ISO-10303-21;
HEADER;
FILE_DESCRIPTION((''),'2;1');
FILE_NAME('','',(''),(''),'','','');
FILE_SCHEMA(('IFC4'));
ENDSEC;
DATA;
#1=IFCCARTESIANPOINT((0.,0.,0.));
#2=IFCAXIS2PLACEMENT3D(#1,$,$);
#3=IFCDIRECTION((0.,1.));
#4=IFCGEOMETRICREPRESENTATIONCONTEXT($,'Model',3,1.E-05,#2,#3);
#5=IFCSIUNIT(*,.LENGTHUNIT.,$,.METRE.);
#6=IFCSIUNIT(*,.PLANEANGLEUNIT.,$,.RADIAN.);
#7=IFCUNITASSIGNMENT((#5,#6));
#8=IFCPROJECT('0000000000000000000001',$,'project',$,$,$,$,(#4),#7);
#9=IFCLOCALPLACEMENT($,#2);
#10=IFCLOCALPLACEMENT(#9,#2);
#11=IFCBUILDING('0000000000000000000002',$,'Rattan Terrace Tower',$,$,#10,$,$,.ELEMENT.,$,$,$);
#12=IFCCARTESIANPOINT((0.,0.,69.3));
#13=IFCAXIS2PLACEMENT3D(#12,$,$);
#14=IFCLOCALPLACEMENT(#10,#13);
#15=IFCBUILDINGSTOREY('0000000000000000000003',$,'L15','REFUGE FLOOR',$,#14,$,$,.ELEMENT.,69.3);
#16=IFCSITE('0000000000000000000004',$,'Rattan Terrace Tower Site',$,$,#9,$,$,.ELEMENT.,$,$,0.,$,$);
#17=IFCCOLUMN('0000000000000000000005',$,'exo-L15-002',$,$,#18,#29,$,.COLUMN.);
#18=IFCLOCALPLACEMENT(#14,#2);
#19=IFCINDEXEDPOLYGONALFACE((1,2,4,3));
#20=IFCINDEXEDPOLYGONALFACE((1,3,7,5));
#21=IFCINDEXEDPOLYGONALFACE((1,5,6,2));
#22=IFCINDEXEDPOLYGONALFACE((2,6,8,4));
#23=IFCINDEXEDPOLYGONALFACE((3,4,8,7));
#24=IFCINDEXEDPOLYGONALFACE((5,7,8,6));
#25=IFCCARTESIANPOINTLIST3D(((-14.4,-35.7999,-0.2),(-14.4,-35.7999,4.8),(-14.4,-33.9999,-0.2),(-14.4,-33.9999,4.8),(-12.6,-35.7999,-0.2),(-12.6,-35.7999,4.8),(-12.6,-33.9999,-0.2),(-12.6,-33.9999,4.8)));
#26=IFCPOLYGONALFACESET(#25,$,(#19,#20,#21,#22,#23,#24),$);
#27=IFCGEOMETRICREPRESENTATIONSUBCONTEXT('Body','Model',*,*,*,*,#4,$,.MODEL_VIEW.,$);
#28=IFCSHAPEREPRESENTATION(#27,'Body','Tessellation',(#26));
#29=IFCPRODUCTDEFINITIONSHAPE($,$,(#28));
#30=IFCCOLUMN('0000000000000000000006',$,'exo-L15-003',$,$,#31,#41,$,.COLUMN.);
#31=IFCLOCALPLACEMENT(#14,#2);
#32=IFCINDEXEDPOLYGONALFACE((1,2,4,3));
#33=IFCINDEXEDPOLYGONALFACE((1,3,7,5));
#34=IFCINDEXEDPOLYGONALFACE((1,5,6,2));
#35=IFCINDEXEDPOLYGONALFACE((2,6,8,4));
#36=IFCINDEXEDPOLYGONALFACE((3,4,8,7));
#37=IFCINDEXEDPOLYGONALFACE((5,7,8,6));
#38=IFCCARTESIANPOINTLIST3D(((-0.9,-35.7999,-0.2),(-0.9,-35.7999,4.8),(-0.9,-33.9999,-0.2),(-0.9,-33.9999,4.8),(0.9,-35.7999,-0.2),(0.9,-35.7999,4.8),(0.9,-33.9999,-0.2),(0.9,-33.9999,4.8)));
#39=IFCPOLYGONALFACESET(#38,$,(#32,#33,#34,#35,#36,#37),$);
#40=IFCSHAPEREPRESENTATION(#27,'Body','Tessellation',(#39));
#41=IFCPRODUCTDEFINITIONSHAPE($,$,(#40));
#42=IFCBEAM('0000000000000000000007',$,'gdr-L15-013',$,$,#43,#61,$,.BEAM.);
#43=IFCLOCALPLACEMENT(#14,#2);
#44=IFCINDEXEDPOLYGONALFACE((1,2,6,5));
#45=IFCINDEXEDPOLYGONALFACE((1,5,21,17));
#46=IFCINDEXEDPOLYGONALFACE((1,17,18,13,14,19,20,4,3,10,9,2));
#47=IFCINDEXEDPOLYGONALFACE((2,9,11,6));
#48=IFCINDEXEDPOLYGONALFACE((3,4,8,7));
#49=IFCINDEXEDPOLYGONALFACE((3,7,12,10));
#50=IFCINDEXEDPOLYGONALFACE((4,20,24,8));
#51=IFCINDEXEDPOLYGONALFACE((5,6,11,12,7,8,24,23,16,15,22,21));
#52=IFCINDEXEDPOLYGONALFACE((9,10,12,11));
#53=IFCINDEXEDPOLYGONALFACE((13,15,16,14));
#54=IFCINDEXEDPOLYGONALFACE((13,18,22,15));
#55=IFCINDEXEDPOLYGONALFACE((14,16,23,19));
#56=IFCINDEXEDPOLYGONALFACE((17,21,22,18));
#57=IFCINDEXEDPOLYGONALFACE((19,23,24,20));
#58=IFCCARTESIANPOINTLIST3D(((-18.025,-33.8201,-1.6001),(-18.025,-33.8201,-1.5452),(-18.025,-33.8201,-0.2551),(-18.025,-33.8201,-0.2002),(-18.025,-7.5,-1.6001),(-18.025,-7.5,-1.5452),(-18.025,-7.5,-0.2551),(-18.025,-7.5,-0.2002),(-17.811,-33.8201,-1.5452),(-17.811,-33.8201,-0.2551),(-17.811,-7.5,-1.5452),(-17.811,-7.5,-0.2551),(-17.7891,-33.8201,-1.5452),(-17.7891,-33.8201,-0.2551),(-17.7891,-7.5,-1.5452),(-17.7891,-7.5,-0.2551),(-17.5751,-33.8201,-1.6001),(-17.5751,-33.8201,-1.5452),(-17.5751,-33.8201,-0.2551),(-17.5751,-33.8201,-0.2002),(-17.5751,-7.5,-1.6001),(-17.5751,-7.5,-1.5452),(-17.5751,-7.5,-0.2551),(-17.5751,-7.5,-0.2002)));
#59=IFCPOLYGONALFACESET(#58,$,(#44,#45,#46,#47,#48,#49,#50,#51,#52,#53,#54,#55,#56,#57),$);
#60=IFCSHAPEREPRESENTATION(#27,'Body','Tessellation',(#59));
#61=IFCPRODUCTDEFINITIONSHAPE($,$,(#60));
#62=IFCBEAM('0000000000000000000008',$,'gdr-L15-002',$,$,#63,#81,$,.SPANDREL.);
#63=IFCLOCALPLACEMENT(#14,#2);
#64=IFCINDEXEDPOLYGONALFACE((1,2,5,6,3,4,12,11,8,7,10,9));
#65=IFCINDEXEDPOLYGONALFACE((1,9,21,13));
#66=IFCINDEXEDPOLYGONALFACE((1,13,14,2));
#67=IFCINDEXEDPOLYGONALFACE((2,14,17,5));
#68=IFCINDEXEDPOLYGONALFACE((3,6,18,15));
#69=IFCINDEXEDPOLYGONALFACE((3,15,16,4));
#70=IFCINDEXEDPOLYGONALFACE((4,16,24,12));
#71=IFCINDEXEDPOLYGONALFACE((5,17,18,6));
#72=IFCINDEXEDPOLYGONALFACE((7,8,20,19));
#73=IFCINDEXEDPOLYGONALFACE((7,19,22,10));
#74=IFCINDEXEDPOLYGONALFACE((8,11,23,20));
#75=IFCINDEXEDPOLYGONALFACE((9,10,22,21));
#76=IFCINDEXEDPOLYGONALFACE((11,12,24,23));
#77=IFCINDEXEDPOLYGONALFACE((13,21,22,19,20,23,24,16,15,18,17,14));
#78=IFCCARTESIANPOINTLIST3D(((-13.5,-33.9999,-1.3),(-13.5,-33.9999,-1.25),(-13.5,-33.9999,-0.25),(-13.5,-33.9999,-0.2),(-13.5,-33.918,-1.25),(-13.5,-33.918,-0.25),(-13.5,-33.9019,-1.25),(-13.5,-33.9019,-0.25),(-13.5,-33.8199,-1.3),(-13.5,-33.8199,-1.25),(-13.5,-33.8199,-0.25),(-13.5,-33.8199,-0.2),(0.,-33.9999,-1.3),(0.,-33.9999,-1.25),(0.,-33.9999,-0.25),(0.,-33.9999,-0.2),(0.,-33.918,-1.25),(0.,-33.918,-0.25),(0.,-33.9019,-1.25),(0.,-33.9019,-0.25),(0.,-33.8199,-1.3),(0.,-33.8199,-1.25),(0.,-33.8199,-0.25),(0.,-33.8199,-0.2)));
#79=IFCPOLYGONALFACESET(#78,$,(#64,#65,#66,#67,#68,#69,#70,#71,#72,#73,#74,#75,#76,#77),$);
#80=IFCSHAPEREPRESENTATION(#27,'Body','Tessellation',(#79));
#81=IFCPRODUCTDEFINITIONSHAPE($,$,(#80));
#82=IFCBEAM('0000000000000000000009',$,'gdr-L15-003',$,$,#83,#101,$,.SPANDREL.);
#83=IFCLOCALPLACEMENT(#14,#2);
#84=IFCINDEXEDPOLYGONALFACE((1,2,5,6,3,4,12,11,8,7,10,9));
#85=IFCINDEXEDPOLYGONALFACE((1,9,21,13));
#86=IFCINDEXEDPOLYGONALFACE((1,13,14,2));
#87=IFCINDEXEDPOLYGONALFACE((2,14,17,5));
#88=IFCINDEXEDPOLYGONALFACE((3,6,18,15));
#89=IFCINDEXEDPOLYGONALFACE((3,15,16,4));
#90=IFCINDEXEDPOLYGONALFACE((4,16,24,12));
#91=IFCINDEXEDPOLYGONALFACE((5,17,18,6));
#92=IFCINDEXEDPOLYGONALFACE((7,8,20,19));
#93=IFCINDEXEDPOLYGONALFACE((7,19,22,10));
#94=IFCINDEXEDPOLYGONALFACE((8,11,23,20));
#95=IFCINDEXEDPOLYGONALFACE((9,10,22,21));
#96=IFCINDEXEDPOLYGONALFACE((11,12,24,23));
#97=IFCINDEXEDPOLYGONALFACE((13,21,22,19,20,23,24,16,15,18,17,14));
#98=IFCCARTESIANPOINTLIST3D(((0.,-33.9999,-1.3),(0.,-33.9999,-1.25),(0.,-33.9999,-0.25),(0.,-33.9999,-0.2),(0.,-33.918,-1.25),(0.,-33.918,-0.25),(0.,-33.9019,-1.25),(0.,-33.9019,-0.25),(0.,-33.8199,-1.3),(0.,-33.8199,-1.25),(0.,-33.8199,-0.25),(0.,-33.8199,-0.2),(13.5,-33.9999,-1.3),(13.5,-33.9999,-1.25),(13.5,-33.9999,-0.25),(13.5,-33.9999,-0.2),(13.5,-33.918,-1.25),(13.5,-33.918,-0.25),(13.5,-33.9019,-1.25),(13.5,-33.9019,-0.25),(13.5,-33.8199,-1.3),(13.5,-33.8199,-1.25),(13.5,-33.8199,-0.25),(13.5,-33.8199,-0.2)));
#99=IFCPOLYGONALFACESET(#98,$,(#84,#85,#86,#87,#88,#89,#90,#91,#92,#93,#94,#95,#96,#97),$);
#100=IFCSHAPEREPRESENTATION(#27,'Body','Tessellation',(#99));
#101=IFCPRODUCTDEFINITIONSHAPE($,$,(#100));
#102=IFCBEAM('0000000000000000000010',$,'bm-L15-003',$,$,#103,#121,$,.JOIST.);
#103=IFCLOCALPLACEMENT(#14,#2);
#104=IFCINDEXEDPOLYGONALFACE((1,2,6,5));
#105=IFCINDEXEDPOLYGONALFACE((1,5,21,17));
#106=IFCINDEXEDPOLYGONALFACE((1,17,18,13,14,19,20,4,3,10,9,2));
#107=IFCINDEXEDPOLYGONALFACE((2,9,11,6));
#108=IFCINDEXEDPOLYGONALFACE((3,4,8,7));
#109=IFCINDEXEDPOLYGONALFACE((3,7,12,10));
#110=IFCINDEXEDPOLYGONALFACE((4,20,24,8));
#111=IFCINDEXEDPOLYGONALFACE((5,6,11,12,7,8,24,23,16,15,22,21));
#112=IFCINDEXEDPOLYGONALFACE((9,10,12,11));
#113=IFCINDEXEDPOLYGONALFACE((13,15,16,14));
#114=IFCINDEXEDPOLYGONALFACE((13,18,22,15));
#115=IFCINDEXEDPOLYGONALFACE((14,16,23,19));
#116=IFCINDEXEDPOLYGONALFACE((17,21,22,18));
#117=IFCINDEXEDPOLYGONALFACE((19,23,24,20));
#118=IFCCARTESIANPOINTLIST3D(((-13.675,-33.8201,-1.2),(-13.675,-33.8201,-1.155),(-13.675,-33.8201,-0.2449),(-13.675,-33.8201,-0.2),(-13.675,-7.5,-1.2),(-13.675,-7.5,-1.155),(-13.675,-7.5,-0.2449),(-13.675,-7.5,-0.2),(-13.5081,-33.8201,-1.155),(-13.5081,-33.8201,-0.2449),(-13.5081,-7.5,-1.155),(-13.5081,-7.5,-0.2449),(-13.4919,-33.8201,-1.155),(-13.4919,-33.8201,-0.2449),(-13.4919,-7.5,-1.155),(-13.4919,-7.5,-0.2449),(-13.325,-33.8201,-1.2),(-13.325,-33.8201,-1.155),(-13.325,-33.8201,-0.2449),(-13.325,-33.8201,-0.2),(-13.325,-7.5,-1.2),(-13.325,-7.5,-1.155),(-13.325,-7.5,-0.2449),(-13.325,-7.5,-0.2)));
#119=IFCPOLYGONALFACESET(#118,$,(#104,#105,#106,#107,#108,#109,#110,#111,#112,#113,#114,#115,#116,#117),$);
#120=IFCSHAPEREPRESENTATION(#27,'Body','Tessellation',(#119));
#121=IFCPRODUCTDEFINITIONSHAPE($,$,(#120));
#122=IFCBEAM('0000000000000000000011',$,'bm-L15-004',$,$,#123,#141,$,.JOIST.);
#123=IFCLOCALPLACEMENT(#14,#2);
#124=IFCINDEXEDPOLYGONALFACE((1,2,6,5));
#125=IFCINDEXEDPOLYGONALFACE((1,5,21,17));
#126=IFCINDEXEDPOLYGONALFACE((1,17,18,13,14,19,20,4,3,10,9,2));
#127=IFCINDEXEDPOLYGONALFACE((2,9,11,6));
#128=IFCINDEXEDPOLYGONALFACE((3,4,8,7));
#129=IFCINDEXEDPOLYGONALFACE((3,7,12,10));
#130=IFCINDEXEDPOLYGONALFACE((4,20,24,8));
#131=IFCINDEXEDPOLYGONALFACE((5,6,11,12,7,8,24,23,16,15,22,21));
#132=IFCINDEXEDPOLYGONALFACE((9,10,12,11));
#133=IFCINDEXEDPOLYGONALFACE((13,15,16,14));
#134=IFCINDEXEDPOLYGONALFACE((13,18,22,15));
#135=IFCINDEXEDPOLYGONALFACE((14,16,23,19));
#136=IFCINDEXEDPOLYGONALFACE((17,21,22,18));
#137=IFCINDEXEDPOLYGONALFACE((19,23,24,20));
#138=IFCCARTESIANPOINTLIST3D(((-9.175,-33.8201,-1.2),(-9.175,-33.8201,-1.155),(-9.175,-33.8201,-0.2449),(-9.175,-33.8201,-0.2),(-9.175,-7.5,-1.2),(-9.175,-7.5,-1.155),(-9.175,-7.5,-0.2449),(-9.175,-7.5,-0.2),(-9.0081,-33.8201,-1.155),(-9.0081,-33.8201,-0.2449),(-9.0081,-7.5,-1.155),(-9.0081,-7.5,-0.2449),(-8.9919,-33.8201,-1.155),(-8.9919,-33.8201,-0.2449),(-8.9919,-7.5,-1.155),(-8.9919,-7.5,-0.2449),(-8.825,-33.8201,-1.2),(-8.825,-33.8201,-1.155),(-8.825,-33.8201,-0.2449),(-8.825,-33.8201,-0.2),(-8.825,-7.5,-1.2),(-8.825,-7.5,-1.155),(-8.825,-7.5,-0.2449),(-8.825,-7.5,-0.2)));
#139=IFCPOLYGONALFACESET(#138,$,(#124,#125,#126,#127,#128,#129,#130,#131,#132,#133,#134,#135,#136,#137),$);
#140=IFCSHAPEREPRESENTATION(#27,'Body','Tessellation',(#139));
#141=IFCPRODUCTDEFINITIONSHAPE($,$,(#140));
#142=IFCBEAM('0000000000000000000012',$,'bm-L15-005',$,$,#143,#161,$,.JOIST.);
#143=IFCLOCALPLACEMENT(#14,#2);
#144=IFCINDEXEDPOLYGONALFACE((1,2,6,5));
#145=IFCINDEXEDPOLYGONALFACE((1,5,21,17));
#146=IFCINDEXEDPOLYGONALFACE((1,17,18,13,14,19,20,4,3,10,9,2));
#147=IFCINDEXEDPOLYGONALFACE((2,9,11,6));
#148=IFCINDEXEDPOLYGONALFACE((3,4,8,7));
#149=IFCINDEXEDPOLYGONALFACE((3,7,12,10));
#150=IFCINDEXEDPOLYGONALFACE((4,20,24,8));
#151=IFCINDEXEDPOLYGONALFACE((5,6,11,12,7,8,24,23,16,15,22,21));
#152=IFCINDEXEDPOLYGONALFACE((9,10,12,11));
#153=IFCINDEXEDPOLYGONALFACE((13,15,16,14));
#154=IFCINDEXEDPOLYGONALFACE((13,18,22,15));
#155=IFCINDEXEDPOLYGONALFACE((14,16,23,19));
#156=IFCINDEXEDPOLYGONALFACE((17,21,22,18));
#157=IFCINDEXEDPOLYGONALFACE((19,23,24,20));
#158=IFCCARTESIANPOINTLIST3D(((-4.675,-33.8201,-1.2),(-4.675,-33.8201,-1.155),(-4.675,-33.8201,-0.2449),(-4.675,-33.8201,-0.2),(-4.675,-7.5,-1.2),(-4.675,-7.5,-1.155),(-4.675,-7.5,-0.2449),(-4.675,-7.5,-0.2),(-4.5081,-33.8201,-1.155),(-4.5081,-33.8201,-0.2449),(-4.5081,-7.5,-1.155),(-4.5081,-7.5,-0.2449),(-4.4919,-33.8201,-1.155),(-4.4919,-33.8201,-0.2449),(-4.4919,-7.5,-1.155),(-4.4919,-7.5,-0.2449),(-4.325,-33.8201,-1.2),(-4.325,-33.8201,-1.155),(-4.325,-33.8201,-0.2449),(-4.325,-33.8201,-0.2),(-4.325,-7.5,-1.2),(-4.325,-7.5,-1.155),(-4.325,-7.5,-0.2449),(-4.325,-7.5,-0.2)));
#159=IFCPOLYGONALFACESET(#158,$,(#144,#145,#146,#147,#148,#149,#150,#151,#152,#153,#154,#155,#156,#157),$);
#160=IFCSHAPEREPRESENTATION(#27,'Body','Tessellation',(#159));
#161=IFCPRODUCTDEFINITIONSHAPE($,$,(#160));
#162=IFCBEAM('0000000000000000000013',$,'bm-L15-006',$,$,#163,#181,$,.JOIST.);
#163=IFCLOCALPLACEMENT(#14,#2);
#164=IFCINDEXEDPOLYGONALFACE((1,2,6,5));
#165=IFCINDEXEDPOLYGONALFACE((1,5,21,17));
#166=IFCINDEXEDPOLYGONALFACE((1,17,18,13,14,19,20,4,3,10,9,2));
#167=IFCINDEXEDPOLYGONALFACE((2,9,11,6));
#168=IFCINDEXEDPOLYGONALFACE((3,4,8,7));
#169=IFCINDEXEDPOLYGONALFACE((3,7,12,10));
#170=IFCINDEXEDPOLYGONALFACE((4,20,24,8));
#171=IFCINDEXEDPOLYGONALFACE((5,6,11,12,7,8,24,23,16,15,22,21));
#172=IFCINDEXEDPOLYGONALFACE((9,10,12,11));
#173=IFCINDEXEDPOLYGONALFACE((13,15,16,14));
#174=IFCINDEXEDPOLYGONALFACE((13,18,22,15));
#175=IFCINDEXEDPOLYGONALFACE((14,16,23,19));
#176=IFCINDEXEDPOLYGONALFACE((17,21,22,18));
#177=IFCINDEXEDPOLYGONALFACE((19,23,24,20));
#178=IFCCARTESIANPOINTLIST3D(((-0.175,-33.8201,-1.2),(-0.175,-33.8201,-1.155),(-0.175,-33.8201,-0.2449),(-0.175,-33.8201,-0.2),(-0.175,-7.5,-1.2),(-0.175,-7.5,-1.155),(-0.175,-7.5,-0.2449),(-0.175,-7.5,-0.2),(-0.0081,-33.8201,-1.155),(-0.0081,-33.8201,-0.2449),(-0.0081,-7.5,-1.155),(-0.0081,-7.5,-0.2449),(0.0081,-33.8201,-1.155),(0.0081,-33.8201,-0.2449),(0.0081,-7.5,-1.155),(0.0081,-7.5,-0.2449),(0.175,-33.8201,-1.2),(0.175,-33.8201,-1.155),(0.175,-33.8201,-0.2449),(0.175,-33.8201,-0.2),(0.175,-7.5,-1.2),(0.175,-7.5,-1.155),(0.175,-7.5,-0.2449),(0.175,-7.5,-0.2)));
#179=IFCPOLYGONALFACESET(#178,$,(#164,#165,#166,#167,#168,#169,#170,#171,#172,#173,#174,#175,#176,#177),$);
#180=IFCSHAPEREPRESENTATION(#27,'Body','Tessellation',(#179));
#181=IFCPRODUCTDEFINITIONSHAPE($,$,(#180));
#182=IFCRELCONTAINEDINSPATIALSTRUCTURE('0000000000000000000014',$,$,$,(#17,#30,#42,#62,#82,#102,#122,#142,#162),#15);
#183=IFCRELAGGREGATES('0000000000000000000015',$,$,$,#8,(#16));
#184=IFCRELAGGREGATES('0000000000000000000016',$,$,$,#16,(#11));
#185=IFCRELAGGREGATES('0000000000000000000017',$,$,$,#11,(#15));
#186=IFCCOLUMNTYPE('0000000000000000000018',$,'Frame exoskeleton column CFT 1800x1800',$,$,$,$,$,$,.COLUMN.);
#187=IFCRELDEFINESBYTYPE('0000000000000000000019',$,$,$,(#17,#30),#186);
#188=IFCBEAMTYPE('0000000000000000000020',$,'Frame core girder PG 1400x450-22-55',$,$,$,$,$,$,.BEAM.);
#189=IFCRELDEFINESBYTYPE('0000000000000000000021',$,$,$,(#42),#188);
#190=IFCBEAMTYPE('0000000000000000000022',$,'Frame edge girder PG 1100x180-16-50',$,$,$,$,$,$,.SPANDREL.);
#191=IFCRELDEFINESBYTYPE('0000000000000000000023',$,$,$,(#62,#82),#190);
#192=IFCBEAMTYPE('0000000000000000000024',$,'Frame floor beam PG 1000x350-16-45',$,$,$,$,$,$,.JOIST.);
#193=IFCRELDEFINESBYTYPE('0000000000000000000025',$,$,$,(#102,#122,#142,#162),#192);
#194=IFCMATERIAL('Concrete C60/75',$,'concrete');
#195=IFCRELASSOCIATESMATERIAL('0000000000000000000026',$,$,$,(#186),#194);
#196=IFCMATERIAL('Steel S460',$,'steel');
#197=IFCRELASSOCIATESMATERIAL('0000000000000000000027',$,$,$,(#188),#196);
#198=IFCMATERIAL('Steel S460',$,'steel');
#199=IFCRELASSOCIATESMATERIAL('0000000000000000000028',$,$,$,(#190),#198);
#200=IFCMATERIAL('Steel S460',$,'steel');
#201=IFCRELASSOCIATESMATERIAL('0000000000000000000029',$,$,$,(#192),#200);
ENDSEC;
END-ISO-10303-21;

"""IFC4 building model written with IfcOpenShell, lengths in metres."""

from ifc_helpers import new_model, si_unit, direction, frame, origin, origin_2d, place, context, subcontext, project, spatial, rectangle, i_section, extrude, material, material_profile, profile_set, type_object, element, save


model = new_model("IFC4")

# Units and contexts
model_context = context("Model", 3, precision=1e-05, world=origin(), true_north=direction((0.0, 1.0)))
body_context = subcontext(model_context, "Body", "Model", "MODEL_VIEW")
ifc_project = project(units=[si_unit("LENGTHUNIT", "METRE"), si_unit("PLANEANGLEUNIT", "RADIAN")], contexts=[model_context])

# Site, building, storey
site_placement = place(None, origin())
site = spatial("IfcSite", under=ifc_project, at=site_placement, Name="Rattan Terrace Tower Site", CompositionType="ELEMENT", RefElevation=0.0)
building_placement = place(site_placement, origin())
building = spatial("IfcBuilding", under=site, at=building_placement, Name="Rattan Terrace Tower", CompositionType="ELEMENT")
storey_placement = place(building_placement, frame((0.0, 0.0, 69.3)))
storey = spatial("IfcBuildingStorey", under=building, at=storey_placement, Name="L15", Description="REFUGE FLOOR", CompositionType="ELEMENT", Elevation=69.3)

# Columns
ifc_material_1 = material(Name="Concrete C60/75", Category="concrete")
ifc_material_profile_1 = material_profile(ifc_material_1, rectangle(XDim=1.8, YDim=1.8, at=origin_2d()), Name="CFT 1800x1800")
ifc_profile_set_1 = profile_set([ifc_material_profile_1], Name="Concrete C60/75")
column_type = type_object("IfcColumnType", Name="Frame exoskeleton column CFT 1800x1800", PredefinedType="COLUMN", material=ifc_profile_set_1)
for number, where, z_axis, x_axis, name in (
    (1, (-13.5, -34.8999, -0.2), (0.0, 0.0, 1.0), (1.0, 0.0, 0.0), "exo-L15-002"),
    (2, (0.0, -34.8999, -0.2), (0.0, 0.0, 1.0), (1.0, 0.0, 0.0), "exo-L15-003"),
):
    element("IfcColumn", number, at=place(storey_placement, frame(where, z_axis=z_axis, x_axis=x_axis)), inside=storey, type_object=column_type, Name=name, PredefinedType="COLUMN", context=body_context, shape_type="SweptSolid", body=[
        extrude(rectangle(XDim=1.8, YDim=1.8, at=origin_2d()), origin(), (0.0, 0.0, 1.0), 5.0),
    ])

# Beams
ifc_material_2 = material(Name="Steel S460", Category="steel")
ifc_material_profile_2 = material_profile(ifc_material_2, i_section(OverallWidth=0.45, OverallDepth=1.3999, WebThickness=0.022, FlangeThickness=0.0549, at=origin_2d()), Name="PG 1400x450-22-55")
ifc_profile_set_2 = profile_set([ifc_material_profile_2], Name="Steel S460")
beam_type_1 = type_object("IfcBeamType", Name="Frame core girder PG 1400x450-22-55", PredefinedType="BEAM", material=ifc_profile_set_2)
beam_1_placement = place(storey_placement, frame((-17.8, -33.8201, -0.9001), z_axis=(0.0, 1.0, 0.0), x_axis=(-1.0, 0.0, 0.0)))
element("IfcBeam", 3, at=beam_1_placement, inside=storey, type_object=beam_type_1, Name="gdr-L15-013", PredefinedType="BEAM", context=body_context, shape_type="SweptSolid", body=[
    extrude(i_section(OverallWidth=0.45, OverallDepth=1.3999, WebThickness=0.022, FlangeThickness=0.0549, at=origin_2d()), origin(), (0.0, 0.0, 1.0), 26.3201),
])
ifc_material_3 = material(Name="Steel S460", Category="steel")
ifc_material_profile_3 = material_profile(ifc_material_3, i_section(OverallWidth=0.1799, OverallDepth=1.1001, WebThickness=0.0161, FlangeThickness=0.05, at=origin_2d()), Name="PG 1100x180-16-50")
ifc_profile_set_3 = profile_set([ifc_material_profile_3], Name="Steel S460")
beam_type_2 = type_object("IfcBeamType", Name="Frame edge girder PG 1100x180-16-50", PredefinedType="SPANDREL", material=ifc_profile_set_3)
for number, where, z_axis, x_axis, name in (
    (4, (-13.5, -33.9099, -0.75), (1.0, 0.0, 0.0), (0.0, 1.0, 0.0), "gdr-L15-002"),
    (5, (0.0, -33.9099, -0.75), (1.0, 0.0, 0.0), (0.0, 1.0, 0.0), "gdr-L15-003"),
):
    element("IfcBeam", number, at=place(storey_placement, frame(where, z_axis=z_axis, x_axis=x_axis)), inside=storey, type_object=beam_type_2, Name=name, PredefinedType="SPANDREL", context=body_context, shape_type="SweptSolid", body=[
        extrude(i_section(OverallWidth=0.1799, OverallDepth=1.1001, WebThickness=0.0161, FlangeThickness=0.05, at=origin_2d()), origin(), (0.0, 0.0, 1.0), 13.5),
    ])
ifc_material_4 = material(Name="Steel S460", Category="steel")
ifc_material_profile_4 = material_profile(ifc_material_4, i_section(OverallWidth=0.3501, OverallDepth=1.0, WebThickness=0.0161, FlangeThickness=0.0449, at=origin_2d()), Name="PG 1000x350-16-45")
ifc_profile_set_4 = profile_set([ifc_material_profile_4], Name="Steel S460")
beam_type_3 = type_object("IfcBeamType", Name="Frame floor beam PG 1000x350-16-45", PredefinedType="JOIST", material=ifc_profile_set_4)
for number, where, z_axis, x_axis, name in (
    (6, (-13.5, -33.8201, -0.7), (0.0, 1.0, 0.0), (-1.0, 0.0, 0.0), "bm-L15-003"),
    (7, (-9.0, -33.8201, -0.7), (0.0, 1.0, 0.0), (-1.0, 0.0, 0.0), "bm-L15-004"),
    (8, (-4.5, -33.8201, -0.7), (0.0, 1.0, 0.0), (-1.0, 0.0, 0.0), "bm-L15-005"),
    (9, (0.0, -33.8201, -0.7), (0.0, 1.0, 0.0), (-1.0, 0.0, 0.0), "bm-L15-006"),
):
    element("IfcBeam", number, at=place(storey_placement, frame(where, z_axis=z_axis, x_axis=x_axis)), inside=storey, type_object=beam_type_3, Name=name, PredefinedType="JOIST", context=body_context, shape_type="SweptSolid", body=[
        extrude(i_section(OverallWidth=0.3501, OverallDepth=1.0, WebThickness=0.0161, FlangeThickness=0.0449, at=origin_2d()), origin(), (0.0, 0.0, 1.0), 26.3201),
    ])

save(model, "model.ifc")
